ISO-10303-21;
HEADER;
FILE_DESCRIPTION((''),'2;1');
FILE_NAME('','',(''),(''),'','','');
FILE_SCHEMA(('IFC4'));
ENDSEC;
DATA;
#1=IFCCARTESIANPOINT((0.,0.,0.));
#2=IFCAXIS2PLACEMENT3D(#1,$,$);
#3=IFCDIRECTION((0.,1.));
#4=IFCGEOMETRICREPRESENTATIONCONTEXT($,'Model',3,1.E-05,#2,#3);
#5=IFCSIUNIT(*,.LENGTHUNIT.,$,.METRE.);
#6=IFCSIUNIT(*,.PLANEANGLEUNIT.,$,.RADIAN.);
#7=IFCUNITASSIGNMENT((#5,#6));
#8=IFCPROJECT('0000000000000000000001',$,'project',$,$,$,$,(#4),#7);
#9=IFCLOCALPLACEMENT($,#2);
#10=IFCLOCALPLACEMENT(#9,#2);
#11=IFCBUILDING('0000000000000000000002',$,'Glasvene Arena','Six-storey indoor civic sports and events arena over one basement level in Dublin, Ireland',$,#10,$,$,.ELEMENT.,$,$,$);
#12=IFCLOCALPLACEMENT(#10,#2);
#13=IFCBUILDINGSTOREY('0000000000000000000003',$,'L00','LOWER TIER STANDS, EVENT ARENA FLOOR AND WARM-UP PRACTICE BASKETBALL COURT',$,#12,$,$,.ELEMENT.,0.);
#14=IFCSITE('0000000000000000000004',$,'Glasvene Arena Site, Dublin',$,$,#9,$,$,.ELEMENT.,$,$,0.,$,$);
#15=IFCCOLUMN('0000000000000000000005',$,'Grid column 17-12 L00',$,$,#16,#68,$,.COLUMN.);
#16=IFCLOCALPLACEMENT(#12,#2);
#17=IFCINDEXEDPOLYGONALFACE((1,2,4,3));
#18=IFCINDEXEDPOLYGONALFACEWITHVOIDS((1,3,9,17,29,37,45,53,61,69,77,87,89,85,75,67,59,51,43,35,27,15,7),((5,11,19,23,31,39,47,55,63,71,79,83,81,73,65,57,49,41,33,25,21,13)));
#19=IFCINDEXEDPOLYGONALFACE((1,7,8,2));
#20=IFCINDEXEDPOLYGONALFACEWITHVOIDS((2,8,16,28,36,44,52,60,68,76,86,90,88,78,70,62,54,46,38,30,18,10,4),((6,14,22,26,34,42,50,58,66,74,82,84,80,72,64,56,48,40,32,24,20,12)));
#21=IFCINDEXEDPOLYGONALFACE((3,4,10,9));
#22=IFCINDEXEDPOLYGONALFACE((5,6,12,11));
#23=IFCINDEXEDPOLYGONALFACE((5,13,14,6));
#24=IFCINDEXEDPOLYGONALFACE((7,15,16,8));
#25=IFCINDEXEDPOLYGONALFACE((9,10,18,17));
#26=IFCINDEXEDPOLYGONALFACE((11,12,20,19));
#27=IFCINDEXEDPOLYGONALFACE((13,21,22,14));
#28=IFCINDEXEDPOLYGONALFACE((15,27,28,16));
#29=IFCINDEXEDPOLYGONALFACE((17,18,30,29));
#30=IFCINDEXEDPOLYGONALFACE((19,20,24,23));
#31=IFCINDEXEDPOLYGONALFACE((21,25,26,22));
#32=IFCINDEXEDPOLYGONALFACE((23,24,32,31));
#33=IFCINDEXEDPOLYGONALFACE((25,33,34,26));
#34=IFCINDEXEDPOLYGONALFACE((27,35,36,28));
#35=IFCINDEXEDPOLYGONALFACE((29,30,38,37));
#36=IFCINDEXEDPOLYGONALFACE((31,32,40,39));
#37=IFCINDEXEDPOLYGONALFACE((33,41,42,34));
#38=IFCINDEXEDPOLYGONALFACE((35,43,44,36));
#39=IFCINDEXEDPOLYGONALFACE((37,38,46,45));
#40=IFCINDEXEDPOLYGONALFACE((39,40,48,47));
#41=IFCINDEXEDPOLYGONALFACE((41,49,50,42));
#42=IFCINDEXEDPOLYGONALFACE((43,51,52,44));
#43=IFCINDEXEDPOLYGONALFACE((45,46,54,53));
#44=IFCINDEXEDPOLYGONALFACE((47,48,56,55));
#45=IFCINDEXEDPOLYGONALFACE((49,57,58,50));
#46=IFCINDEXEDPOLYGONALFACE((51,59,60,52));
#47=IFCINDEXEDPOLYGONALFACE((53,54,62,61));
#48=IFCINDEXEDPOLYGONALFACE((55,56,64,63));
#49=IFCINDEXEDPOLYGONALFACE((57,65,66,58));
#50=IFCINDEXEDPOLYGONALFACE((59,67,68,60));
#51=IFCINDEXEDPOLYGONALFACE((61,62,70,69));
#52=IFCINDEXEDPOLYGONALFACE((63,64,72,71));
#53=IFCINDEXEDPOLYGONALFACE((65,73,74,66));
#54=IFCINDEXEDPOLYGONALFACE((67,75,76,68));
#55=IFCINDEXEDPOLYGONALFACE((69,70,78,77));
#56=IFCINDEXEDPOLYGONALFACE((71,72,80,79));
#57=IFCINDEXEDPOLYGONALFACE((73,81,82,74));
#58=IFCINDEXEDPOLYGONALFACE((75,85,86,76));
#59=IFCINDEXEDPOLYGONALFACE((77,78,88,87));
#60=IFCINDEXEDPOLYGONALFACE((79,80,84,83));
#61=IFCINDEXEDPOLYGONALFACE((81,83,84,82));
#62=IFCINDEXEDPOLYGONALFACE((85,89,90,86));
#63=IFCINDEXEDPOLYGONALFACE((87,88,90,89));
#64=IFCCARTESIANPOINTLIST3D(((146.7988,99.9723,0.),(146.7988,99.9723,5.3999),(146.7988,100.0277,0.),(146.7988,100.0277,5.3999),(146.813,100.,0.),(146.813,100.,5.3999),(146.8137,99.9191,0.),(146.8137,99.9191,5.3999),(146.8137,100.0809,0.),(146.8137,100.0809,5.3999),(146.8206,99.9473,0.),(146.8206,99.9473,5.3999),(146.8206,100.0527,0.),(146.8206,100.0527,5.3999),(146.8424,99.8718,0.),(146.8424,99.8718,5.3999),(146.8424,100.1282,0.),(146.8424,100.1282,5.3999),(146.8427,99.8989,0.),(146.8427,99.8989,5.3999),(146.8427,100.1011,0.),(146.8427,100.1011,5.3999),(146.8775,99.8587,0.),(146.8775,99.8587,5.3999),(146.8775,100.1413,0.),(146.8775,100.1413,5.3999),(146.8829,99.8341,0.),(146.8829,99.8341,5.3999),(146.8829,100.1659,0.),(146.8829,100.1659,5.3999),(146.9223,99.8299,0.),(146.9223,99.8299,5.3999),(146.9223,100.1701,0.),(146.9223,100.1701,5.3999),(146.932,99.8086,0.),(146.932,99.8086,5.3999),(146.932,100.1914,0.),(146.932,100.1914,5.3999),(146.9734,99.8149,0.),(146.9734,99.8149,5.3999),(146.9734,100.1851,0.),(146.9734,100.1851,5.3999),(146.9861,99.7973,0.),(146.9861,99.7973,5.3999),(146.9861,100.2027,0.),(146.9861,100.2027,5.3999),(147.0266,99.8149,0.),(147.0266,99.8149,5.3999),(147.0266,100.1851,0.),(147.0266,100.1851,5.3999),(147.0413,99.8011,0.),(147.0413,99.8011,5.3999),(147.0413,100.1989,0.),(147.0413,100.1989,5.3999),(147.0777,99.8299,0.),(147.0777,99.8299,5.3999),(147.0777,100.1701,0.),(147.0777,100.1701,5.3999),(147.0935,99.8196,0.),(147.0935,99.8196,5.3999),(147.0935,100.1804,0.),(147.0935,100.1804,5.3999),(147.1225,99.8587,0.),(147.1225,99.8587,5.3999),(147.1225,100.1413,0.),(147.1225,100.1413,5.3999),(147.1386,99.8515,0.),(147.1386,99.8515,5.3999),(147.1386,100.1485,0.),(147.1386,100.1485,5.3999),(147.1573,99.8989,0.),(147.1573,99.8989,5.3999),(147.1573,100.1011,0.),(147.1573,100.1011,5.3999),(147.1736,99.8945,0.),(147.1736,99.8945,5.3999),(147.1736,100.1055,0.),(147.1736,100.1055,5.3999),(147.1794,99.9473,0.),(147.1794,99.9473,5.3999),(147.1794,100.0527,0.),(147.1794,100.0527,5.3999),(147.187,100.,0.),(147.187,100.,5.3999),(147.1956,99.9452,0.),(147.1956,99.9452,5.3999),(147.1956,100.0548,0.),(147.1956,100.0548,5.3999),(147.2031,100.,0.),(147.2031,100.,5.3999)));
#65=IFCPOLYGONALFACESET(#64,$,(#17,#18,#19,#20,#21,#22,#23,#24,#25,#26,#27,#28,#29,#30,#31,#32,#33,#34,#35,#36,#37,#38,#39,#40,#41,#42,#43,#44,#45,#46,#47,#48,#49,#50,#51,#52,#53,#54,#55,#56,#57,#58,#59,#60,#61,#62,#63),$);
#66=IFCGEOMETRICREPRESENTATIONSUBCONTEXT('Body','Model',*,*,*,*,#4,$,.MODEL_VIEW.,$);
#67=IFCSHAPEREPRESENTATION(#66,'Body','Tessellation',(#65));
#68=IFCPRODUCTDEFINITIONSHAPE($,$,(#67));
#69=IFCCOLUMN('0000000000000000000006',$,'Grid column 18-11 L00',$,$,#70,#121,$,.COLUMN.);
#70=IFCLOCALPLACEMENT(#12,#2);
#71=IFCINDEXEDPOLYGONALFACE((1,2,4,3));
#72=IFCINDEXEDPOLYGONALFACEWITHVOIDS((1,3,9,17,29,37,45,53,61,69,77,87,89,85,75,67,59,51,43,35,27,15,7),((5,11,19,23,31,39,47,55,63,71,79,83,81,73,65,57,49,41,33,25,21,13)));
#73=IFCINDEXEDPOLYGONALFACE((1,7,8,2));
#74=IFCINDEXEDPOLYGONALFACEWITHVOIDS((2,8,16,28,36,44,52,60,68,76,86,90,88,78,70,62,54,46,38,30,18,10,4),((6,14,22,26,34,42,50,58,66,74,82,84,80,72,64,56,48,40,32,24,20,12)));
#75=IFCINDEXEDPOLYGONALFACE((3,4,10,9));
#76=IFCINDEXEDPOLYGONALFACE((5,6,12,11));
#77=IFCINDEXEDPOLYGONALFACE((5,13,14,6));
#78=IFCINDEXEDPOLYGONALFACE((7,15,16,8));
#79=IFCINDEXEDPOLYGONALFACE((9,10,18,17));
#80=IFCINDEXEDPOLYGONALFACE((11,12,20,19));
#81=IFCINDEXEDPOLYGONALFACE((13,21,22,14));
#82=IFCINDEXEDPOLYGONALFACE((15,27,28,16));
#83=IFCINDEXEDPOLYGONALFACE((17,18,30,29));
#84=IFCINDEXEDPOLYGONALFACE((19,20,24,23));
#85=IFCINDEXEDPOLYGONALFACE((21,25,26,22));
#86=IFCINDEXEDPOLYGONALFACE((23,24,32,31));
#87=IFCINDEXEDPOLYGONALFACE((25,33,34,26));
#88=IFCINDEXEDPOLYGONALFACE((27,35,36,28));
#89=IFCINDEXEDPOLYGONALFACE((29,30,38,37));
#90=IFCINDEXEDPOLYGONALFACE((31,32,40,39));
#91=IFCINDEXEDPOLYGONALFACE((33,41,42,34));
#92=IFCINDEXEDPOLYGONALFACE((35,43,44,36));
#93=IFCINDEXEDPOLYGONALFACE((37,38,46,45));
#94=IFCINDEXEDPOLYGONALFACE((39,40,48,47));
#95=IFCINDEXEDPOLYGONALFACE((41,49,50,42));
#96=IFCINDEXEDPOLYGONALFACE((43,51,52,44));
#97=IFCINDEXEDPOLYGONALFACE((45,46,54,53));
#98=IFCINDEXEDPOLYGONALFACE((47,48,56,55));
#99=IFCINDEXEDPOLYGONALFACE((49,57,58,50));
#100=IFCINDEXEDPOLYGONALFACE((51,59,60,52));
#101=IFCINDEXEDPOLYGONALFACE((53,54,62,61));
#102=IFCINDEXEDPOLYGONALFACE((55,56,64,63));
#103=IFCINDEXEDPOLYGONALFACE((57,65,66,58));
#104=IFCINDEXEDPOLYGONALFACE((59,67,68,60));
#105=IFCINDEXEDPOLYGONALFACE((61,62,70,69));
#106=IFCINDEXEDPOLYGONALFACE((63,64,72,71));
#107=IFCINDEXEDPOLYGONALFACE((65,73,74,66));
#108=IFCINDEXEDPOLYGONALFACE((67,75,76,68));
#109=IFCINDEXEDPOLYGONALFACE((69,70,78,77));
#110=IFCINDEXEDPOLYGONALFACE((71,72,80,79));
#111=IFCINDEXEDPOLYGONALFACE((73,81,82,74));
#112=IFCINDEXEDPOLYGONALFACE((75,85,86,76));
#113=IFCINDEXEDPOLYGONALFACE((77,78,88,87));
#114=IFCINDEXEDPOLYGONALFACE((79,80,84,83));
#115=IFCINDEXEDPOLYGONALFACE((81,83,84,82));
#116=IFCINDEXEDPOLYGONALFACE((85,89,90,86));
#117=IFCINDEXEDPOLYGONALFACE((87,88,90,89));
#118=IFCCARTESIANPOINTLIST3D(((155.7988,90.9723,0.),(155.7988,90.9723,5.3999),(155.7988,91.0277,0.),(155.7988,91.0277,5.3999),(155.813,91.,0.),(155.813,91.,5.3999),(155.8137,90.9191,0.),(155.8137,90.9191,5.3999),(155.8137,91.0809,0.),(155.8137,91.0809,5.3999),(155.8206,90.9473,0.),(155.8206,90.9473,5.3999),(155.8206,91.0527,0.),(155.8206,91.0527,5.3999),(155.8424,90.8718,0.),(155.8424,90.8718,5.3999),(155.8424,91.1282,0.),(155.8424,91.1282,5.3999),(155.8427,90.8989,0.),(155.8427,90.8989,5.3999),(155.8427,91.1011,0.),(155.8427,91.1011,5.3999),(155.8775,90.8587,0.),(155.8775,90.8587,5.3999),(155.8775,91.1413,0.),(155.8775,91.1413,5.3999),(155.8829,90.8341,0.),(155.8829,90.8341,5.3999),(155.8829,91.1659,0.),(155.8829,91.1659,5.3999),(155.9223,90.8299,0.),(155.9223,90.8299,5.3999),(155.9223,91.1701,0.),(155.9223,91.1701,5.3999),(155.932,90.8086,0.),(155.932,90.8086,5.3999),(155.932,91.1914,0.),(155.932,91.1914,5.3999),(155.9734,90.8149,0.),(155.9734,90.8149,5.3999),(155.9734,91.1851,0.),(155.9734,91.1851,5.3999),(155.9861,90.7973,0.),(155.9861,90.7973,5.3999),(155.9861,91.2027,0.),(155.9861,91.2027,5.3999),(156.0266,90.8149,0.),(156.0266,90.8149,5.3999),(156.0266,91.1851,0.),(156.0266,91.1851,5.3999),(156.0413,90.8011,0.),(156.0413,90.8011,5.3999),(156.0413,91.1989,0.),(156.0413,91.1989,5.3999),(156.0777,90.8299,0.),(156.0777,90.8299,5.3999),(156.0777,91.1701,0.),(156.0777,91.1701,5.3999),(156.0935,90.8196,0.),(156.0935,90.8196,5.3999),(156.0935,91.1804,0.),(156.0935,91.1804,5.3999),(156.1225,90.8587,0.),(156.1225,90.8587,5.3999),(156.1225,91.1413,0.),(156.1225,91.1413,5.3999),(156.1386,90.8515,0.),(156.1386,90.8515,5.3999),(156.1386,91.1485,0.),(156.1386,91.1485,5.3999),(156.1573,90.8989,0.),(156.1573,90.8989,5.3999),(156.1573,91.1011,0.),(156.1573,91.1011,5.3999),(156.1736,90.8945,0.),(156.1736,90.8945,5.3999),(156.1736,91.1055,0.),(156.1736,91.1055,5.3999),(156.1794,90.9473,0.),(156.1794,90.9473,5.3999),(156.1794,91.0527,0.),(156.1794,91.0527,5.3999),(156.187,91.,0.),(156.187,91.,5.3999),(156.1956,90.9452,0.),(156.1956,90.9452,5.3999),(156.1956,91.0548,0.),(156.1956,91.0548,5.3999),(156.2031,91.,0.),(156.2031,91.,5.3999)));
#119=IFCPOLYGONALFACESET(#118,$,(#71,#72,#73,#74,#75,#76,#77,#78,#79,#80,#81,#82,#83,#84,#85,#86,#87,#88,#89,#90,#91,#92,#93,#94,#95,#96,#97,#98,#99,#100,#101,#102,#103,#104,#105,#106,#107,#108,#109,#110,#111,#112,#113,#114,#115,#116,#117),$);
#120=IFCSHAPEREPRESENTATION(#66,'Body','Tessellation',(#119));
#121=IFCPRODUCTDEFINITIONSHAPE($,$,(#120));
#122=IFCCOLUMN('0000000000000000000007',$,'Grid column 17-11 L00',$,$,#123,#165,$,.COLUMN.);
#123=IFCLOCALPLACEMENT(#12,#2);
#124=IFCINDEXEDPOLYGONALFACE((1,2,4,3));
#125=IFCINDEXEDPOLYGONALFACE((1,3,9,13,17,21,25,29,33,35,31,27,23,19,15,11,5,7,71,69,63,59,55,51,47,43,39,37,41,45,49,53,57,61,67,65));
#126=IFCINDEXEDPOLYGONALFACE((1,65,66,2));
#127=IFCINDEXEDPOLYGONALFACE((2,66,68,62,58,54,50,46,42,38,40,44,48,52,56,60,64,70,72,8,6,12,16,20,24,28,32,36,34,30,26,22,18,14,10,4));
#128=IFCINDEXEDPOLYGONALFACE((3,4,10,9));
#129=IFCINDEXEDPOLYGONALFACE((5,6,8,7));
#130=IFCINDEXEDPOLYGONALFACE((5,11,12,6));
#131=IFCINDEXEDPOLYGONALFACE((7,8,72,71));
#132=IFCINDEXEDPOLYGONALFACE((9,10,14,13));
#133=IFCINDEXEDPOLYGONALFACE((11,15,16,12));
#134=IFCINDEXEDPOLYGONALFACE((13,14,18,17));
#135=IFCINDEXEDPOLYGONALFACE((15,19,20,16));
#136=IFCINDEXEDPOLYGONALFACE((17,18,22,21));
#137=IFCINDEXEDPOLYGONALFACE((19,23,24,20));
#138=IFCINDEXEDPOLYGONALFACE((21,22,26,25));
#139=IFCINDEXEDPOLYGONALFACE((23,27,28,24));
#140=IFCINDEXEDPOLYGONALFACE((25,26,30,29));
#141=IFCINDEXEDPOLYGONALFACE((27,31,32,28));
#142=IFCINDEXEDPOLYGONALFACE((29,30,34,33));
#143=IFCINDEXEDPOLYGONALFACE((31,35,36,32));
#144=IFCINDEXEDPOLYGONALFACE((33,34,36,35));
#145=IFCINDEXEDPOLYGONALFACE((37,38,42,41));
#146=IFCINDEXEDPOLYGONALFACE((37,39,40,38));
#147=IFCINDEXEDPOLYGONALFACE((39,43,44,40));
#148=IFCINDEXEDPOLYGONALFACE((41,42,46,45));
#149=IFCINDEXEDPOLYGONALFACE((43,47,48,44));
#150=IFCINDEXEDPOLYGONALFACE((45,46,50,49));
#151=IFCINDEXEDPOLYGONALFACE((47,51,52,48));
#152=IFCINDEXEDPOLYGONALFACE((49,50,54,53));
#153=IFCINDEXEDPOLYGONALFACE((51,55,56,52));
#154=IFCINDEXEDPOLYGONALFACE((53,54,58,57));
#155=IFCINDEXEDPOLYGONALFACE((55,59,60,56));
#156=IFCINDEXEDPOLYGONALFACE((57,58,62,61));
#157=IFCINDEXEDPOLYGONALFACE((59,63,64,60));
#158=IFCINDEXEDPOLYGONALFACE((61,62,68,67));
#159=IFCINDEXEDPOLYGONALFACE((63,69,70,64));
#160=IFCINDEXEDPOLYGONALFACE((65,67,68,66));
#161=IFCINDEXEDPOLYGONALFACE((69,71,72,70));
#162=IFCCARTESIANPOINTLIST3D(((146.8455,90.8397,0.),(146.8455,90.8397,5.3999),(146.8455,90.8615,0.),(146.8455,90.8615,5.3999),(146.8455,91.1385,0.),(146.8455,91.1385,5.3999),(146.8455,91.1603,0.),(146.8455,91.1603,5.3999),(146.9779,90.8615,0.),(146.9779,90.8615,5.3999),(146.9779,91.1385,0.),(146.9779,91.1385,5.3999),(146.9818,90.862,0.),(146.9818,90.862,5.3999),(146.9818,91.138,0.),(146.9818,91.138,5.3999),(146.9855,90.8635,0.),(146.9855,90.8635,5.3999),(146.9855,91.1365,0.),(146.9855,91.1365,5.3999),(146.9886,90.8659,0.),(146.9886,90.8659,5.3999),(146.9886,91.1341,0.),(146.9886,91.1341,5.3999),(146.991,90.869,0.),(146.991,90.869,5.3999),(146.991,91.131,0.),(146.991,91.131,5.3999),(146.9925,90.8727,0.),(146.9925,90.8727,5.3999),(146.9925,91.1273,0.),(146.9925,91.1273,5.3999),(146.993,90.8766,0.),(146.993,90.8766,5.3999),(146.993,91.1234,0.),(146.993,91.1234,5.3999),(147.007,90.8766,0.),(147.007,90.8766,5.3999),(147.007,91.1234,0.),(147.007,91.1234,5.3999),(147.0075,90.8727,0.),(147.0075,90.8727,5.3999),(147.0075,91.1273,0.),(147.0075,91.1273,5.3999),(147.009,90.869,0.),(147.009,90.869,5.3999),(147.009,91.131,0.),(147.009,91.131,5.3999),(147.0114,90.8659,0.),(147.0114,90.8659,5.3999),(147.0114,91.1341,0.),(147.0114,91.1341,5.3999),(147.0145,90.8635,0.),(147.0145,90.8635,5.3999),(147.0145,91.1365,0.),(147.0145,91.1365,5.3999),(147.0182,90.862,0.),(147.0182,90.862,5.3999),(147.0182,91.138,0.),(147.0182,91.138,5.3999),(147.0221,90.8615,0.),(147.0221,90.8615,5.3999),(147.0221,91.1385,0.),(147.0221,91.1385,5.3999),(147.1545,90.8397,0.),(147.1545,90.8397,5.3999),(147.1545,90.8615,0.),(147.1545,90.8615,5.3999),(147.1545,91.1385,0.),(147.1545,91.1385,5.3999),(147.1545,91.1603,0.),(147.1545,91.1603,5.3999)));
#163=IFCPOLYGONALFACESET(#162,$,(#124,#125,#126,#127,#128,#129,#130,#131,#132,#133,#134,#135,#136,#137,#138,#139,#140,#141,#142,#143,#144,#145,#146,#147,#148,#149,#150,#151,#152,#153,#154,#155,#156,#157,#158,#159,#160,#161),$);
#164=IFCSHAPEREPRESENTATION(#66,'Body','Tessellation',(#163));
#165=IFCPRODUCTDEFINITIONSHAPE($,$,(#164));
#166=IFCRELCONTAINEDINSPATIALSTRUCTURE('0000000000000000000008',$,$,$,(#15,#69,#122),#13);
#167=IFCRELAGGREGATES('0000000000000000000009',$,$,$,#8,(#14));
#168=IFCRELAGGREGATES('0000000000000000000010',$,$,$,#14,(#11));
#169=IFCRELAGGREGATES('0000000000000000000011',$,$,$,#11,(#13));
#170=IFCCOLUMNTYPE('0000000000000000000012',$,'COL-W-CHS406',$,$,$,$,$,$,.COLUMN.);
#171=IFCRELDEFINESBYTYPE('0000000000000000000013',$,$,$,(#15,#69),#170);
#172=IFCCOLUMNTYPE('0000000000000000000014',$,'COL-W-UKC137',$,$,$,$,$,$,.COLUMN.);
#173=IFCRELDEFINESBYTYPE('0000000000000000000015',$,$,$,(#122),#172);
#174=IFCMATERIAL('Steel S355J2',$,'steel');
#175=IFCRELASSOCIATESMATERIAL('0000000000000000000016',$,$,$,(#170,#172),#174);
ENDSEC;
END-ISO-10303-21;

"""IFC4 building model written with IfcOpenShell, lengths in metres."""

from ifc_helpers import new_model, si_unit, direction, frame, origin, origin_2d, place, context, subcontext, project, spatial, hollow_circle, i_section, extrude, material, material_profile, profile_set, type_object, element, save


model = new_model("IFC4")

# Units and contexts
model_context = context("Model", 3, precision=1e-05, world=origin(), true_north=direction((0.0, 1.0)))
body_context = subcontext(model_context, "Body", "Model", "MODEL_VIEW")
ifc_project = project(units=[si_unit("LENGTHUNIT", "METRE"), si_unit("PLANEANGLEUNIT", "RADIAN")], contexts=[model_context])

# Site, building, storey
site_placement = place(None, origin())
site = spatial("IfcSite", under=ifc_project, at=site_placement, Name="Glasvene Arena Site, Dublin", CompositionType="ELEMENT", RefElevation=0.0)
building_placement = place(site_placement, origin())
building = spatial("IfcBuilding", under=site, at=building_placement, Name="Glasvene Arena", Description="Six-storey indoor civic sports and events arena over one basement level in Dublin, Ireland", CompositionType="ELEMENT")
storey_placement = place(building_placement, origin())
storey = spatial("IfcBuildingStorey", under=building, at=storey_placement, Name="L00", Description="LOWER TIER STANDS, EVENT ARENA FLOOR AND WARM-UP PRACTICE BASKETBALL COURT", CompositionType="ELEMENT", Elevation=0.0)

# Columns
ifc_material_1 = material(Name="Steel S355J2", Category="steel")
ifc_material_profile_1 = material_profile(ifc_material_1, hollow_circle(Radius=0.2031, WallThickness=0.0161, at=origin_2d()), Name="CHS 406.4x16.0")
ifc_profile_set_1 = profile_set([ifc_material_profile_1], Name="Steel S355J2")
column_type_1 = type_object("IfcColumnType", Name="COL-W-CHS406", PredefinedType="COLUMN", material=ifc_profile_set_1)
for number, where, z_axis, x_axis, name in (
    (1, (147.0, 100.0, 0.0), (0.0, 0.0, 1.0), (1.0, 0.0, 0.0), "Grid column 17-12 L00"),
    (2, (156.0, 91.0, 0.0), (0.0, 0.0, 1.0), (1.0, 0.0, 0.0), "Grid column 18-11 L00"),
):
    element("IfcColumn", number, at=place(storey_placement, frame(where, z_axis=z_axis, x_axis=x_axis)), inside=storey, type_object=column_type_1, Name=name, PredefinedType="COLUMN", context=body_context, shape_type="SweptSolid", body=[
        extrude(hollow_circle(Radius=0.2031, WallThickness=0.0161, at=origin_2d()), origin(), (0.0, 0.0, 1.0), 5.3999),
    ])
ifc_material_profile_2 = material_profile(ifc_material_1, i_section(OverallWidth=0.3091, OverallDepth=0.3206, WebThickness=0.0139, FlangeThickness=0.0217, FilletRadius=0.0151, at=origin_2d()), Name="UKC 305x305x137")
ifc_profile_set_2 = profile_set([ifc_material_profile_2], Name="Steel S355J2")
column_type_2 = type_object("IfcColumnType", Name="COL-W-UKC137", PredefinedType="COLUMN", material=ifc_profile_set_2)
column_placement = place(storey_placement, frame((147.0, 91.0, 0.0), z_axis=(0.0, 0.0, 1.0), x_axis=(1.0, 0.0, 0.0)))
element("IfcColumn", 3, at=column_placement, inside=storey, type_object=column_type_2, Name="Grid column 17-11 L00", PredefinedType="COLUMN", context=body_context, shape_type="SweptSolid", body=[
    extrude(i_section(OverallWidth=0.3091, OverallDepth=0.3206, WebThickness=0.0139, FlangeThickness=0.0217, FilletRadius=0.0151, at=origin_2d()), origin(), (0.0, 0.0, 1.0), 5.3999),
])

save(model, "model.ifc")
